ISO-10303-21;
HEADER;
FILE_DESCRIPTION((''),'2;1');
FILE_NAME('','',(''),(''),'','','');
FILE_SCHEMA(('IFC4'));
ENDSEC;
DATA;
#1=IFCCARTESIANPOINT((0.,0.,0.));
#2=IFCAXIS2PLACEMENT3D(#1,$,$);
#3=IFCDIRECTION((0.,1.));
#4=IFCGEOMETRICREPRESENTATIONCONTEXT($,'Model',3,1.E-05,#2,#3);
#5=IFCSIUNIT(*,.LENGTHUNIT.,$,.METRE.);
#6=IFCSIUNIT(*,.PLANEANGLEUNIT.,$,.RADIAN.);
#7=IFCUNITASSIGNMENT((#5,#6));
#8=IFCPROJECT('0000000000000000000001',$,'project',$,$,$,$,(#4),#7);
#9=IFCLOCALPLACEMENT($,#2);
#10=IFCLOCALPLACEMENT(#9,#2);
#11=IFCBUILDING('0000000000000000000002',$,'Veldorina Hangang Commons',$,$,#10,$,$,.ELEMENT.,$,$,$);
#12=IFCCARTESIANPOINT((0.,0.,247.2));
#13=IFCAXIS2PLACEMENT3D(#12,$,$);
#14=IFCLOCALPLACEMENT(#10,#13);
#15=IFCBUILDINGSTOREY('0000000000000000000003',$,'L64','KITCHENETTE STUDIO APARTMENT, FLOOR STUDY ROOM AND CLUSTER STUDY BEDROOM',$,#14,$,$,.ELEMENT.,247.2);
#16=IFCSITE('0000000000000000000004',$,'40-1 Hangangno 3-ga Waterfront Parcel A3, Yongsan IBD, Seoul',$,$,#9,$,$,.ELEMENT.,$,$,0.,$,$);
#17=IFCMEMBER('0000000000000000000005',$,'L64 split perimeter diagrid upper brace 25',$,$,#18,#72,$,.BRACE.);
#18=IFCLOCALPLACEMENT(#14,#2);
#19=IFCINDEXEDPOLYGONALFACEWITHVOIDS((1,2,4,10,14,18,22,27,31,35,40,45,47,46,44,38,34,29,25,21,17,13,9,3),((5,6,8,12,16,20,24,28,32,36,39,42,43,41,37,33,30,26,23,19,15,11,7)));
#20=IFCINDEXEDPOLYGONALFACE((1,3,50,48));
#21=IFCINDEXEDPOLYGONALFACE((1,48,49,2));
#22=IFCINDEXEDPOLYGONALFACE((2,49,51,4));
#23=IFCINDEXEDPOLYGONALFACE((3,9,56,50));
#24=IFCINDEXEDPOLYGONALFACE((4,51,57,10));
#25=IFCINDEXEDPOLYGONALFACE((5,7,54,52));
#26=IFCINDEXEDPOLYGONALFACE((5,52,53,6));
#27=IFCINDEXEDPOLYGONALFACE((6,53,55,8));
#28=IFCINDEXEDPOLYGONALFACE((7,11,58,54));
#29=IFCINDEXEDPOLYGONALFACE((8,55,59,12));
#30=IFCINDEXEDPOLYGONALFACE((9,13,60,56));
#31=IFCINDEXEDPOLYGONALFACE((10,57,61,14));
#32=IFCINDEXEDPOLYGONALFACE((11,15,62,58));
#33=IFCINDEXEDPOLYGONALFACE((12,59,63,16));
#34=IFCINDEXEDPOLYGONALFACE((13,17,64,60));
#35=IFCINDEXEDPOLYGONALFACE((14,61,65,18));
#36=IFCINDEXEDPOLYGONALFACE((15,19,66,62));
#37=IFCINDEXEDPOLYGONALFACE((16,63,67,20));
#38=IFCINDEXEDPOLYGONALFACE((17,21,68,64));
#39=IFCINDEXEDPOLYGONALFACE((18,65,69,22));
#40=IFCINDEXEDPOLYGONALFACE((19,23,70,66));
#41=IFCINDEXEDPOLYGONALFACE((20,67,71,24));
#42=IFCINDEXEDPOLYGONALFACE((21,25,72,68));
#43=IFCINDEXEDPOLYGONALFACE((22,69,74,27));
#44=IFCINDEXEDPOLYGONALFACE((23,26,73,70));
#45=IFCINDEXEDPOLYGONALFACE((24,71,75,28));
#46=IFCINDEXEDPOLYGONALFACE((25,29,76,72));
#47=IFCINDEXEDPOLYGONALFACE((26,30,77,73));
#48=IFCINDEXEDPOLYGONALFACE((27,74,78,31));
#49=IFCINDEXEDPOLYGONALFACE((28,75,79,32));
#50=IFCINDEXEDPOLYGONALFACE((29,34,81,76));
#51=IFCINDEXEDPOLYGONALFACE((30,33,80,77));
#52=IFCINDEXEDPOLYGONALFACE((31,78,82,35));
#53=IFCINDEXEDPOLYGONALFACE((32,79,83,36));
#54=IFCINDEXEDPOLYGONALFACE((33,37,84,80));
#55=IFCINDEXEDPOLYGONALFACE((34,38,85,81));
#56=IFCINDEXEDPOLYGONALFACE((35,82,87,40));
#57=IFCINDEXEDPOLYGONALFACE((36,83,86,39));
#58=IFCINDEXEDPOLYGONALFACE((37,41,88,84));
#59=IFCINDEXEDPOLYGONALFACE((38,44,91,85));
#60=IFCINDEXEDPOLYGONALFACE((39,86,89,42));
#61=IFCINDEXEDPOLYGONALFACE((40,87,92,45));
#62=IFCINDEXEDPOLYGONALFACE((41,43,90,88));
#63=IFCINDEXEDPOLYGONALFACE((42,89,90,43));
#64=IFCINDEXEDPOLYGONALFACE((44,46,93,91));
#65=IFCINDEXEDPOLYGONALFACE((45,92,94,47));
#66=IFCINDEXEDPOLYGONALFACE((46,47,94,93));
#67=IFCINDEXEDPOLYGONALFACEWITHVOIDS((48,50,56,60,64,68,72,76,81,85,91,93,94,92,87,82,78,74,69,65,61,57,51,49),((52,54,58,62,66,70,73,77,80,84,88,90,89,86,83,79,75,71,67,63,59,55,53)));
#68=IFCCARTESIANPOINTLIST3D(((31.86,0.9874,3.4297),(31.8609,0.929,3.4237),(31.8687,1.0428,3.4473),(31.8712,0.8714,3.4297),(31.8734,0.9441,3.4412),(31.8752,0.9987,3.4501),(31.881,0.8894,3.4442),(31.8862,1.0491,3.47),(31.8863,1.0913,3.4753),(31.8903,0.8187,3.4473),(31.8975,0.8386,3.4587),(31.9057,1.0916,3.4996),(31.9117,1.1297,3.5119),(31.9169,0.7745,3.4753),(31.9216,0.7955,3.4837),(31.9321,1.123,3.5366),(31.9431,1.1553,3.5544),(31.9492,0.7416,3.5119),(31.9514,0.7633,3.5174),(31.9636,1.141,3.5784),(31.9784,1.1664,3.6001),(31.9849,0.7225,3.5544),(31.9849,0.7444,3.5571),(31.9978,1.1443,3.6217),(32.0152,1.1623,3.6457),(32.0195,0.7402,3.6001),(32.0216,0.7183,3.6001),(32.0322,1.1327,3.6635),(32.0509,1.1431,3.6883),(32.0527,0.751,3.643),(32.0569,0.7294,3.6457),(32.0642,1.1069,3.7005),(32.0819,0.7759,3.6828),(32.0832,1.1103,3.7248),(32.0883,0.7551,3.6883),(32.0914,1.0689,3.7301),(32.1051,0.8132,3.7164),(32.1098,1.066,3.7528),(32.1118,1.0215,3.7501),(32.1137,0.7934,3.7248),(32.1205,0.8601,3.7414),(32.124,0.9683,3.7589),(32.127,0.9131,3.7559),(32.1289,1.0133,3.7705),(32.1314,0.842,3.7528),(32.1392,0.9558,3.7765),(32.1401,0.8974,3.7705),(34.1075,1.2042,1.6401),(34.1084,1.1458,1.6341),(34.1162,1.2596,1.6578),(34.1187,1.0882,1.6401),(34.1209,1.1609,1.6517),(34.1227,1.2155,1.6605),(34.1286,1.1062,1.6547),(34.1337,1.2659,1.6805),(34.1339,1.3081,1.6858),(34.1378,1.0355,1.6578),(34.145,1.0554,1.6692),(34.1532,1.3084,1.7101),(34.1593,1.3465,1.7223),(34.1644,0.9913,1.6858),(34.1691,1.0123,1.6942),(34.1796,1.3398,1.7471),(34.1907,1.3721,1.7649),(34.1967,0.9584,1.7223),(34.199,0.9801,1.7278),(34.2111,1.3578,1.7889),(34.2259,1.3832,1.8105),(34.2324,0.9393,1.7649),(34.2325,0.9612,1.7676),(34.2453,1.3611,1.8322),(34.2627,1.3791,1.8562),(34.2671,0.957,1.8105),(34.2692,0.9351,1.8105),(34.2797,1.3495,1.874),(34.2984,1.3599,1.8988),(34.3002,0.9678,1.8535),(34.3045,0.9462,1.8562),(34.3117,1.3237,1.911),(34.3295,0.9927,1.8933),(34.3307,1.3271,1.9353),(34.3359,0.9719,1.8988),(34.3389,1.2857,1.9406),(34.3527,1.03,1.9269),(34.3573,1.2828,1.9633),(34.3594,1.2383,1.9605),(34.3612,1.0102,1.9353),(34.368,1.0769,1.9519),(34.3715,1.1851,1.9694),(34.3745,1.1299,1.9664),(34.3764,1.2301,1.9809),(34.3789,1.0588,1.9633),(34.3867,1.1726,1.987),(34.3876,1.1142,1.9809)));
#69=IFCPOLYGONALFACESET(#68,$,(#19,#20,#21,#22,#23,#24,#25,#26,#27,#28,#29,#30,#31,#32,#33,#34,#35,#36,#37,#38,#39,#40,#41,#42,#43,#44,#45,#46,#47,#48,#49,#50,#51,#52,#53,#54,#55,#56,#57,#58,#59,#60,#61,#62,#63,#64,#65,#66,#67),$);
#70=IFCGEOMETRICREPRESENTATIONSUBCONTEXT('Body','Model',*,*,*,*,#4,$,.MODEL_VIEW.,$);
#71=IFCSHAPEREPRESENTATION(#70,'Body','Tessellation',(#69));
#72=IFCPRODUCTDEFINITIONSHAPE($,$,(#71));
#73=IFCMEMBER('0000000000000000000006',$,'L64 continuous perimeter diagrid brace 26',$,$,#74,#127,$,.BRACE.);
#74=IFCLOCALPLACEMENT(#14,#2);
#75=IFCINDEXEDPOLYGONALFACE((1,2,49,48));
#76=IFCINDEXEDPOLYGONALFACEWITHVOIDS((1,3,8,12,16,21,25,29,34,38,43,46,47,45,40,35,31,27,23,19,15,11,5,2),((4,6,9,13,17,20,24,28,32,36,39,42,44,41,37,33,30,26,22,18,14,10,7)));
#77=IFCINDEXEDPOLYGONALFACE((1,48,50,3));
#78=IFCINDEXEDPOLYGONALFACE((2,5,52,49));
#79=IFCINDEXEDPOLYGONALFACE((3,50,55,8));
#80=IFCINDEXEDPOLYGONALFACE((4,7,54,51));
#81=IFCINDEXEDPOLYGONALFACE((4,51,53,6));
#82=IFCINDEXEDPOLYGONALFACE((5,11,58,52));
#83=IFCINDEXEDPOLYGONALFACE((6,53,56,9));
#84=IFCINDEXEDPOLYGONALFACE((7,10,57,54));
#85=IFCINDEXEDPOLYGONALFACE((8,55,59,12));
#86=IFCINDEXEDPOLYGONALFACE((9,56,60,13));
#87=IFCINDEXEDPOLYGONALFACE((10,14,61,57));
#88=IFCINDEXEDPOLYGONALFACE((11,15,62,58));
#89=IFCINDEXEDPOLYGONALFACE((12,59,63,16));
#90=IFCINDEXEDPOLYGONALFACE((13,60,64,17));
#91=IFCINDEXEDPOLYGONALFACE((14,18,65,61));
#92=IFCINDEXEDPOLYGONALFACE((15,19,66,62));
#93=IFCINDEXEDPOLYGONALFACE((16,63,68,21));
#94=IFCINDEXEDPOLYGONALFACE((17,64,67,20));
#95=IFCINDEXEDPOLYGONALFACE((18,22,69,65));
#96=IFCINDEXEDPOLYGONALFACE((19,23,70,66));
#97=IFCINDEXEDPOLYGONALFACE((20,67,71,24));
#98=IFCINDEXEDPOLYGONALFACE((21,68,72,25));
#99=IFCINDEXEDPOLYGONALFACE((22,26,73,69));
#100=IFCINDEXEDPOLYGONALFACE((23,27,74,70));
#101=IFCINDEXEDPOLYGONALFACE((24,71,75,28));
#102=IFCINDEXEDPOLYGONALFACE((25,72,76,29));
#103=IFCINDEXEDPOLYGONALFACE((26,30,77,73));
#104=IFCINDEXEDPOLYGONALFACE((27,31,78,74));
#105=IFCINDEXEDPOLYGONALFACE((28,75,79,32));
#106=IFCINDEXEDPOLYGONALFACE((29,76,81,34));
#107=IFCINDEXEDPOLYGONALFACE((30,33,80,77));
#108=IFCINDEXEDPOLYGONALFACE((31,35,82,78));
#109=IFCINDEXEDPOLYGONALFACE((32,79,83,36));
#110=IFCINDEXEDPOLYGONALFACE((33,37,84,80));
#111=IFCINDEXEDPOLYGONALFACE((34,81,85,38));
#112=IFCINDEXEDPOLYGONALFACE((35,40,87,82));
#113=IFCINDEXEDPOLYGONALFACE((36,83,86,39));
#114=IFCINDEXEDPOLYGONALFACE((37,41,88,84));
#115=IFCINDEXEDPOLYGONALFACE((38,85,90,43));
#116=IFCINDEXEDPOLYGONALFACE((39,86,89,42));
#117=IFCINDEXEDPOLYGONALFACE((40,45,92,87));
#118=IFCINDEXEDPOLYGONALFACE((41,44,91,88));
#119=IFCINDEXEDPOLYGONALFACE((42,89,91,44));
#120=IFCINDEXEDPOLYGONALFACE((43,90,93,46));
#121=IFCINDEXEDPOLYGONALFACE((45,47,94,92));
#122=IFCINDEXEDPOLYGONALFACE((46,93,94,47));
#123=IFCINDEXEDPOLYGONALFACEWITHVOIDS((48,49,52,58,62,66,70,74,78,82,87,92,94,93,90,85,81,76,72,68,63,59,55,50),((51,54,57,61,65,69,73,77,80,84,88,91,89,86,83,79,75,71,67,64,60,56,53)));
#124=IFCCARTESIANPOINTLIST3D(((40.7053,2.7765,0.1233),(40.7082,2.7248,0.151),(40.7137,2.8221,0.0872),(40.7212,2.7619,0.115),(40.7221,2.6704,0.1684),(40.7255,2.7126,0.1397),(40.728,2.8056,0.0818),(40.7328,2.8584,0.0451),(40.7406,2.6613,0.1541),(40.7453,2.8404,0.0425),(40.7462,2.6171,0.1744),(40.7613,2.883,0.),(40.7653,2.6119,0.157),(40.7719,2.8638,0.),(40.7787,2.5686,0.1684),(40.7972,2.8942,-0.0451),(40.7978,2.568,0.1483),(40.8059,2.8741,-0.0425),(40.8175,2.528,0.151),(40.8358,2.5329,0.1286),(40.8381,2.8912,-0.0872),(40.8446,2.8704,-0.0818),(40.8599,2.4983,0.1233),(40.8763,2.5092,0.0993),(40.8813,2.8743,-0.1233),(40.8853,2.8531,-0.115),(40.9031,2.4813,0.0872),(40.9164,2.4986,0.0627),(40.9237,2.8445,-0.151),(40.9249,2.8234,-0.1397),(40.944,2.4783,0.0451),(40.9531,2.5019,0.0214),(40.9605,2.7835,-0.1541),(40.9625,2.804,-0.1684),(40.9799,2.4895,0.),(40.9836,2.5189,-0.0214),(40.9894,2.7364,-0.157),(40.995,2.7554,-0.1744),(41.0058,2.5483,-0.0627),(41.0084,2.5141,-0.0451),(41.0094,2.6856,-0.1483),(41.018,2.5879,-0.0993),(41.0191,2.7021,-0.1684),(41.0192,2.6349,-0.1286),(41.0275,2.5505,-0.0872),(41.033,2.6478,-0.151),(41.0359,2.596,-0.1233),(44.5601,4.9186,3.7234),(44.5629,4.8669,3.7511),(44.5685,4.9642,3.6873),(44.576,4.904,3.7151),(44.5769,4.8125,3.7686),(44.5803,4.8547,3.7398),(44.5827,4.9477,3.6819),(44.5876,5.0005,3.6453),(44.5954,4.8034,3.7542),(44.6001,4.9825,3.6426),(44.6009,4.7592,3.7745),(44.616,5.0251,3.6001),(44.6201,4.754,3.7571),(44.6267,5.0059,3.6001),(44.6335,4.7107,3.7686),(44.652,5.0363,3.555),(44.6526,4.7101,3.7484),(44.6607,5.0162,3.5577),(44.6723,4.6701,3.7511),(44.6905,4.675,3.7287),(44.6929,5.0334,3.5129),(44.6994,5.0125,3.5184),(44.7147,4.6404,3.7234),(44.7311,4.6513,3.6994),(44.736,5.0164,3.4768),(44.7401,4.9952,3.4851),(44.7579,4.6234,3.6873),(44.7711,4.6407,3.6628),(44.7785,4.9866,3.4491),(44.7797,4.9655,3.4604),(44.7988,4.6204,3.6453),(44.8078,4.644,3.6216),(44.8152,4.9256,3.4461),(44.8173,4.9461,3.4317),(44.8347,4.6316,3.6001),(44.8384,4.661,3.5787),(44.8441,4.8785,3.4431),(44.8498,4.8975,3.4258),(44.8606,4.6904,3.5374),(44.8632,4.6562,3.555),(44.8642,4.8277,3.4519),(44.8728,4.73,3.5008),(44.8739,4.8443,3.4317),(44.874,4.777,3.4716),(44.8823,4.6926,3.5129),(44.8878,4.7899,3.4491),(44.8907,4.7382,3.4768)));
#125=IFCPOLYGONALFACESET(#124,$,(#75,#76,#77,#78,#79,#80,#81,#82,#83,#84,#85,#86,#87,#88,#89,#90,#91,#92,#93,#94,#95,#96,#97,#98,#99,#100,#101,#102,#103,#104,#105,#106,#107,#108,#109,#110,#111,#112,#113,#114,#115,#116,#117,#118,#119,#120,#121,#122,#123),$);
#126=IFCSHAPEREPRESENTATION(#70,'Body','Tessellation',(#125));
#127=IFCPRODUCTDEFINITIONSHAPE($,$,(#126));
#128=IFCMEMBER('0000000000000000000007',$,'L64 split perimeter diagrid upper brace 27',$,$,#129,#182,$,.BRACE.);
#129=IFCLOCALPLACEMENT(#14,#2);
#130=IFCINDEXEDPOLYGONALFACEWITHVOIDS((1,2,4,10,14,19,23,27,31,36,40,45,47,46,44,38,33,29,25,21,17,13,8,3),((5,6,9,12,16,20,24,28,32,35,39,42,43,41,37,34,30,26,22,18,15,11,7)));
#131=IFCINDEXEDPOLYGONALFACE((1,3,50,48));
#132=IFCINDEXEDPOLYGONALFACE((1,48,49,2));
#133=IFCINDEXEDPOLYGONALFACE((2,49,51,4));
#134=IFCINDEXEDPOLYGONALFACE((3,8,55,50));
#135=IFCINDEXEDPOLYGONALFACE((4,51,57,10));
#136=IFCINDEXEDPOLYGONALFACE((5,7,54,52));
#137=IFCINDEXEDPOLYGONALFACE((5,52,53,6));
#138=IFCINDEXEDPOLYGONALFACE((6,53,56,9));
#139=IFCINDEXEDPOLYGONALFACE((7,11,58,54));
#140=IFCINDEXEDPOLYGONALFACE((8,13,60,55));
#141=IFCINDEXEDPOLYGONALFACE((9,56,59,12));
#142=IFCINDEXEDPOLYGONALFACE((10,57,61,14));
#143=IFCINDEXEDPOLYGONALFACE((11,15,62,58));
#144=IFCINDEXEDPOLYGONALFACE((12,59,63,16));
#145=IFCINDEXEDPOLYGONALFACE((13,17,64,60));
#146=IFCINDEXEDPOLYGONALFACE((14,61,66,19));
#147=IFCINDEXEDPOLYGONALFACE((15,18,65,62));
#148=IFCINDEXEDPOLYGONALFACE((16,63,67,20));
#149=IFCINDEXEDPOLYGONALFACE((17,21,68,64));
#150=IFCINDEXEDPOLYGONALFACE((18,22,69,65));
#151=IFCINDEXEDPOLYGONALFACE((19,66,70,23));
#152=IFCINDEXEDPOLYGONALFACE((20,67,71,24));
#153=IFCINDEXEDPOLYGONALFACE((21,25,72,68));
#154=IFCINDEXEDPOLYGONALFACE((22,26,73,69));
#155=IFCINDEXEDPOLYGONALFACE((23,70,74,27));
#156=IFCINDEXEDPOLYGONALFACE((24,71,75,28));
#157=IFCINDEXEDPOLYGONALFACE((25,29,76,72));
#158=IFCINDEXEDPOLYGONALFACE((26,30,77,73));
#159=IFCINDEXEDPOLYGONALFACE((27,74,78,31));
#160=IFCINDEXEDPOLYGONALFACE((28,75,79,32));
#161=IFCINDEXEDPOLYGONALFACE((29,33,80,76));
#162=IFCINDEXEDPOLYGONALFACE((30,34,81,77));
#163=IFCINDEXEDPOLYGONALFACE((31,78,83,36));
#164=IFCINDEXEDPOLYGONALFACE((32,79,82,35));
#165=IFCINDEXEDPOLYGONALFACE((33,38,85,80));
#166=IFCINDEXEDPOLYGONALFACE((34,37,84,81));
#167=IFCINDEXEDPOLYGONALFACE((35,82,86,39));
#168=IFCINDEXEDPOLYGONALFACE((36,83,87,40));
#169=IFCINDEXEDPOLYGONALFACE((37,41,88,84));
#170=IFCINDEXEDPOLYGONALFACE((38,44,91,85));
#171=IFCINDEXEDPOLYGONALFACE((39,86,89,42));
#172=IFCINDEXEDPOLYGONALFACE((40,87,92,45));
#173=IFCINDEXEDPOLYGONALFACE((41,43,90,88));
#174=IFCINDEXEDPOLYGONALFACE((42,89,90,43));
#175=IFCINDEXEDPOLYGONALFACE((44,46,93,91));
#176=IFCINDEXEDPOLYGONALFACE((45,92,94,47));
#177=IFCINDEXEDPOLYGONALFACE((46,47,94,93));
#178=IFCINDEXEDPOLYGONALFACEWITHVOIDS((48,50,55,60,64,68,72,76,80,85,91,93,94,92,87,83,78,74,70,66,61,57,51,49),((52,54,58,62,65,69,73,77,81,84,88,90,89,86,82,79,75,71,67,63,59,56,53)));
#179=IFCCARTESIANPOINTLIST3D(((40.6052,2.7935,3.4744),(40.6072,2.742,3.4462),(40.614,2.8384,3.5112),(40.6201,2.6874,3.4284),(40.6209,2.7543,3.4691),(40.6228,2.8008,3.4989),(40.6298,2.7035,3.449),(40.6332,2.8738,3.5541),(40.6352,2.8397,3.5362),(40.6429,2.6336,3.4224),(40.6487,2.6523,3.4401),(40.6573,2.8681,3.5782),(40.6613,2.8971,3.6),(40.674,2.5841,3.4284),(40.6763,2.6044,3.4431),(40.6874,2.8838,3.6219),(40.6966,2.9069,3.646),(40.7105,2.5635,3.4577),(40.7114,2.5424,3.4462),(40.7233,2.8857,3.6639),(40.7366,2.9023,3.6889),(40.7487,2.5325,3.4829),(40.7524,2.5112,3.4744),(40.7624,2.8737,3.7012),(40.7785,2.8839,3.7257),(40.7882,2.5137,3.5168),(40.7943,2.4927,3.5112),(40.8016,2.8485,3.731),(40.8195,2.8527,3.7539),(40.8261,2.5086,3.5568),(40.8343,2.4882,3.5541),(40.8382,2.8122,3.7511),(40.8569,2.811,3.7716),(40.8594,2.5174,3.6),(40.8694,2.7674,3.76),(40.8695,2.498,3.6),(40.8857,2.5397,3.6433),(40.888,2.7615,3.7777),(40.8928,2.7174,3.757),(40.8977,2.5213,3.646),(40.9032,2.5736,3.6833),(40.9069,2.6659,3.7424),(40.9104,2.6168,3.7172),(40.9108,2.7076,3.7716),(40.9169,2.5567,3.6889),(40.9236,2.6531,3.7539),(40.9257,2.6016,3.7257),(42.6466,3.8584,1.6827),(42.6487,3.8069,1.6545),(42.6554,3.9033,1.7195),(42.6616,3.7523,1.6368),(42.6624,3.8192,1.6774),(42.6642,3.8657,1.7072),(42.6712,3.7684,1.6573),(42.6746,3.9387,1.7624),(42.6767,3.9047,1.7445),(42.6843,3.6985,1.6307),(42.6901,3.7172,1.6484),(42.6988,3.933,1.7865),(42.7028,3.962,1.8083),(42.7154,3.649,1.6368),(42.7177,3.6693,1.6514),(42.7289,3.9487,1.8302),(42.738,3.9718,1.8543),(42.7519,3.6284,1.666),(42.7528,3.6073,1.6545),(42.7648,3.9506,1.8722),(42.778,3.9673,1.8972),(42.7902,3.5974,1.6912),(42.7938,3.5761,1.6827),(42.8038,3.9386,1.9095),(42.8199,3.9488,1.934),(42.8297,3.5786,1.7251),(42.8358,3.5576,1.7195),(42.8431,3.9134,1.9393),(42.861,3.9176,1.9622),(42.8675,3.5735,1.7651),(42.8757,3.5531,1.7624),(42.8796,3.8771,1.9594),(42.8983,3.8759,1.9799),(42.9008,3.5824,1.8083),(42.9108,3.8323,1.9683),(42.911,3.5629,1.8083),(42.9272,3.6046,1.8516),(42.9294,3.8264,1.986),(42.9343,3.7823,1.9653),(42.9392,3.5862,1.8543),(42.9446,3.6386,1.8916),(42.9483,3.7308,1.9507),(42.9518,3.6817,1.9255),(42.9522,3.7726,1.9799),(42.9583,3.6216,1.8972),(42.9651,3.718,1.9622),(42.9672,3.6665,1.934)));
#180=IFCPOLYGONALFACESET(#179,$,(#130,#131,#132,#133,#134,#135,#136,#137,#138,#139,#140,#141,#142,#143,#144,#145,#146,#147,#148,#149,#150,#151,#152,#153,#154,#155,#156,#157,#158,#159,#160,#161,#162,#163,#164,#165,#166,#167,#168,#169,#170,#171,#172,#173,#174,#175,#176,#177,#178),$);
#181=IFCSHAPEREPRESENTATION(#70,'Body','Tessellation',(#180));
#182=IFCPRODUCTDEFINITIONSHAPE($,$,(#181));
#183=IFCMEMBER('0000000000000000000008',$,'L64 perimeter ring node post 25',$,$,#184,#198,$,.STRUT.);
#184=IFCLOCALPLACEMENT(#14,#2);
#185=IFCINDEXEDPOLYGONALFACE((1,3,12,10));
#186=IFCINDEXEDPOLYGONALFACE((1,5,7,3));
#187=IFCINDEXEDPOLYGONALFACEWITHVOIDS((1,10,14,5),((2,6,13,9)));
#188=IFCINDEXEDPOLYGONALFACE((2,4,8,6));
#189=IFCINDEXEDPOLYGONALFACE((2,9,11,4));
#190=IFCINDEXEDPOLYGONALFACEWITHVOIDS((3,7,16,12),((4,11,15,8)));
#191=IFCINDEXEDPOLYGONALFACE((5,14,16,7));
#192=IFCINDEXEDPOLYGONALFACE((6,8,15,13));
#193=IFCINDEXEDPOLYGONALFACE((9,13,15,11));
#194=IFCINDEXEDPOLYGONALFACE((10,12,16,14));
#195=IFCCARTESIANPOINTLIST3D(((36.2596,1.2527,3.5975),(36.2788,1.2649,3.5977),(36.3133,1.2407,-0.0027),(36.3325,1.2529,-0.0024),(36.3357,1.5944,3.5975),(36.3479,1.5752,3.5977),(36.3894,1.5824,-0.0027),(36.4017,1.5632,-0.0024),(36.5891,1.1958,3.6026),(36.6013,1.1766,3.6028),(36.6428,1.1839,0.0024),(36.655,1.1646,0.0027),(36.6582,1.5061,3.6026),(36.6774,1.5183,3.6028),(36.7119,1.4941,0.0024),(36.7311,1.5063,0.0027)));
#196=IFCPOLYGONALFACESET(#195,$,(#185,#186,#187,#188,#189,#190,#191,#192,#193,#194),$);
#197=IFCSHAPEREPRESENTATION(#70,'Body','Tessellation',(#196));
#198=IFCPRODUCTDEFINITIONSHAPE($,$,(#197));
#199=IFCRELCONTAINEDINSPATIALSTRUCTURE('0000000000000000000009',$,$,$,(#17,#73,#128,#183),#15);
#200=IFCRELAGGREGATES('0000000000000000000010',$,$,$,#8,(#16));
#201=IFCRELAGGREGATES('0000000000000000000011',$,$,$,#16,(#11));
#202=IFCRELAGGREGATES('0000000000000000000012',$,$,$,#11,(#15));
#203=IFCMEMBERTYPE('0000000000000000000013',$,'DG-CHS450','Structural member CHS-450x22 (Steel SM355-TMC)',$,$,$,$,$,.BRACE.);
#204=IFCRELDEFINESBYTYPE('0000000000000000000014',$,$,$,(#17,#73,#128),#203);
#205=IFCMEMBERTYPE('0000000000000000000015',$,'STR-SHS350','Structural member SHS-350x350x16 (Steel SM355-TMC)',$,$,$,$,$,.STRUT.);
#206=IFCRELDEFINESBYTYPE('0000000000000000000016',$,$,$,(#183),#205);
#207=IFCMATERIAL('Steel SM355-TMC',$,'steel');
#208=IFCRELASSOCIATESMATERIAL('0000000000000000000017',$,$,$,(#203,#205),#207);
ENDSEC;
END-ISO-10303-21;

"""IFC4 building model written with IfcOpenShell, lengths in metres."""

from ifc_helpers import new_model, si_unit, direction, frame, origin, origin_2d, place, context, subcontext, project, spatial, hollow_rectangle, hollow_circle, extrude, material, material_profile, profile_set, type_object, element, save


model = new_model("IFC4")

# Units and contexts
model_context = context("Model", 3, precision=1e-05, world=origin(), true_north=direction((0.0, 1.0)))
body_context = subcontext(model_context, "Body", "Model", "MODEL_VIEW")
ifc_project = project(units=[si_unit("LENGTHUNIT", "METRE"), si_unit("PLANEANGLEUNIT", "RADIAN")], contexts=[model_context])

# Site, building, storey
site_placement = place(None, origin())
site = spatial("IfcSite", under=ifc_project, at=site_placement, Name="40-1 Hangangno 3-ga Waterfront Parcel A3, Yongsan IBD, Seoul", CompositionType="ELEMENT", RefElevation=0.0)
building_placement = place(site_placement, origin())
building = spatial("IfcBuilding", under=site, at=building_placement, Name="Veldorina Hangang Commons", CompositionType="ELEMENT")
storey_placement = place(building_placement, frame((0.0, 0.0, 247.2)))
storey = spatial("IfcBuildingStorey", under=building, at=storey_placement, Name="L64", Description="KITCHENETTE STUDIO APARTMENT, FLOOR STUDY ROOM AND CLUSTER STUDY BEDROOM", CompositionType="ELEMENT", Elevation=247.2)

# Shared definitions
ifc_material_1 = material(Name="Steel SM355-TMC", Category="steel")

# Members
ifc_material_profile_1 = material_profile(ifc_material_1, hollow_circle(Radius=0.2251, WallThickness=0.022, at=origin_2d()), Name="CHS-450x22")
ifc_profile_set_1 = profile_set([ifc_material_profile_1], Name="Steel SM355-TMC")
member_type_1 = type_object("IfcMemberType", Name="DG-CHS450", Description="Structural member CHS-450x22 (Steel SM355-TMC)", PredefinedType="BRACE", material=ifc_profile_set_1)
member_1_placement = place(storey_placement, frame((34.2476, 1.1592, 1.8105), z_axis=(-0.780091, -0.075247, 0.621124), x_axis=(0.096013, -0.99538, 0.0)))
element("IfcMember", 1, at=member_1_placement, inside=storey, type_object=member_type_1, Name="L64 split perimeter diagrid upper brace 25", PredefinedType="BRACE", context=body_context, shape_type="SweptSolid", body=[
    extrude(hollow_circle(Radius=0.2251, WallThickness=0.022, at=origin_2d()), origin(), (0.0, 0.0, 1.0), 2.8811),
])
member_2_placement = place(storey_placement, frame((40.8706, 2.6863, 0.0), z_axis=(0.677122, 0.376279, 0.632392), x_axis=(-0.485742, 0.874102, 0.0)))
element("IfcMember", 2, at=member_2_placement, inside=storey, type_object=member_type_1, Name="L64 continuous perimeter diagrid brace 26", PredefinedType="BRACE", context=body_context, shape_type="SweptSolid", body=[
    extrude(hollow_circle(Radius=0.2251, WallThickness=0.022, at=origin_2d()), origin(), (0.0, 0.0, 1.0), 5.6929),
])
member_3_placement = place(storey_placement, frame((42.8069, 3.7625, 1.8083), z_axis=(-0.699728, -0.36501, 0.614124), x_axis=(0.462501, -0.886619, 0.0)))
element("IfcMember", 3, at=member_3_placement, inside=storey, type_object=member_type_1, Name="L64 split perimeter diagrid upper brace 27", PredefinedType="BRACE", context=body_context, shape_type="SweptSolid", body=[
    extrude(hollow_circle(Radius=0.2251, WallThickness=0.022, at=origin_2d()), origin(), (0.0, 0.0, 1.0), 2.9175),
])
ifc_material_profile_2 = material_profile(ifc_material_1, hollow_rectangle(XDim=0.3501, YDim=0.3501, WallThickness=0.0161, at=origin_2d()), Name="SHS-350x350x16")
ifc_profile_set_2 = profile_set([ifc_material_profile_2], Name="Steel SM355-TMC")
member_type_2 = type_object("IfcMemberType", Name="STR-SHS350", Description="Structural member SHS-350x350x16 (Steel SM355-TMC)", PredefinedType="STRUT", material=ifc_profile_set_2)
member_4_placement = place(storey_placement, frame((36.5222, 1.3735, 0.0), z_axis=(-0.014918, 0.003323, 0.999883), x_axis=(-0.2174, -0.976083, 0.0)))
element("IfcMember", 4, at=member_4_placement, inside=storey, type_object=member_type_2, Name="L64 perimeter ring node post 25", PredefinedType="STRUT", context=body_context, shape_type="SweptSolid", body=[
    extrude(hollow_rectangle(XDim=0.3501, YDim=0.3501, WallThickness=0.0161, at=origin_2d()), origin(), (0.0, 0.0, 1.0), 3.6006),
])

save(model, "model.ifc")
